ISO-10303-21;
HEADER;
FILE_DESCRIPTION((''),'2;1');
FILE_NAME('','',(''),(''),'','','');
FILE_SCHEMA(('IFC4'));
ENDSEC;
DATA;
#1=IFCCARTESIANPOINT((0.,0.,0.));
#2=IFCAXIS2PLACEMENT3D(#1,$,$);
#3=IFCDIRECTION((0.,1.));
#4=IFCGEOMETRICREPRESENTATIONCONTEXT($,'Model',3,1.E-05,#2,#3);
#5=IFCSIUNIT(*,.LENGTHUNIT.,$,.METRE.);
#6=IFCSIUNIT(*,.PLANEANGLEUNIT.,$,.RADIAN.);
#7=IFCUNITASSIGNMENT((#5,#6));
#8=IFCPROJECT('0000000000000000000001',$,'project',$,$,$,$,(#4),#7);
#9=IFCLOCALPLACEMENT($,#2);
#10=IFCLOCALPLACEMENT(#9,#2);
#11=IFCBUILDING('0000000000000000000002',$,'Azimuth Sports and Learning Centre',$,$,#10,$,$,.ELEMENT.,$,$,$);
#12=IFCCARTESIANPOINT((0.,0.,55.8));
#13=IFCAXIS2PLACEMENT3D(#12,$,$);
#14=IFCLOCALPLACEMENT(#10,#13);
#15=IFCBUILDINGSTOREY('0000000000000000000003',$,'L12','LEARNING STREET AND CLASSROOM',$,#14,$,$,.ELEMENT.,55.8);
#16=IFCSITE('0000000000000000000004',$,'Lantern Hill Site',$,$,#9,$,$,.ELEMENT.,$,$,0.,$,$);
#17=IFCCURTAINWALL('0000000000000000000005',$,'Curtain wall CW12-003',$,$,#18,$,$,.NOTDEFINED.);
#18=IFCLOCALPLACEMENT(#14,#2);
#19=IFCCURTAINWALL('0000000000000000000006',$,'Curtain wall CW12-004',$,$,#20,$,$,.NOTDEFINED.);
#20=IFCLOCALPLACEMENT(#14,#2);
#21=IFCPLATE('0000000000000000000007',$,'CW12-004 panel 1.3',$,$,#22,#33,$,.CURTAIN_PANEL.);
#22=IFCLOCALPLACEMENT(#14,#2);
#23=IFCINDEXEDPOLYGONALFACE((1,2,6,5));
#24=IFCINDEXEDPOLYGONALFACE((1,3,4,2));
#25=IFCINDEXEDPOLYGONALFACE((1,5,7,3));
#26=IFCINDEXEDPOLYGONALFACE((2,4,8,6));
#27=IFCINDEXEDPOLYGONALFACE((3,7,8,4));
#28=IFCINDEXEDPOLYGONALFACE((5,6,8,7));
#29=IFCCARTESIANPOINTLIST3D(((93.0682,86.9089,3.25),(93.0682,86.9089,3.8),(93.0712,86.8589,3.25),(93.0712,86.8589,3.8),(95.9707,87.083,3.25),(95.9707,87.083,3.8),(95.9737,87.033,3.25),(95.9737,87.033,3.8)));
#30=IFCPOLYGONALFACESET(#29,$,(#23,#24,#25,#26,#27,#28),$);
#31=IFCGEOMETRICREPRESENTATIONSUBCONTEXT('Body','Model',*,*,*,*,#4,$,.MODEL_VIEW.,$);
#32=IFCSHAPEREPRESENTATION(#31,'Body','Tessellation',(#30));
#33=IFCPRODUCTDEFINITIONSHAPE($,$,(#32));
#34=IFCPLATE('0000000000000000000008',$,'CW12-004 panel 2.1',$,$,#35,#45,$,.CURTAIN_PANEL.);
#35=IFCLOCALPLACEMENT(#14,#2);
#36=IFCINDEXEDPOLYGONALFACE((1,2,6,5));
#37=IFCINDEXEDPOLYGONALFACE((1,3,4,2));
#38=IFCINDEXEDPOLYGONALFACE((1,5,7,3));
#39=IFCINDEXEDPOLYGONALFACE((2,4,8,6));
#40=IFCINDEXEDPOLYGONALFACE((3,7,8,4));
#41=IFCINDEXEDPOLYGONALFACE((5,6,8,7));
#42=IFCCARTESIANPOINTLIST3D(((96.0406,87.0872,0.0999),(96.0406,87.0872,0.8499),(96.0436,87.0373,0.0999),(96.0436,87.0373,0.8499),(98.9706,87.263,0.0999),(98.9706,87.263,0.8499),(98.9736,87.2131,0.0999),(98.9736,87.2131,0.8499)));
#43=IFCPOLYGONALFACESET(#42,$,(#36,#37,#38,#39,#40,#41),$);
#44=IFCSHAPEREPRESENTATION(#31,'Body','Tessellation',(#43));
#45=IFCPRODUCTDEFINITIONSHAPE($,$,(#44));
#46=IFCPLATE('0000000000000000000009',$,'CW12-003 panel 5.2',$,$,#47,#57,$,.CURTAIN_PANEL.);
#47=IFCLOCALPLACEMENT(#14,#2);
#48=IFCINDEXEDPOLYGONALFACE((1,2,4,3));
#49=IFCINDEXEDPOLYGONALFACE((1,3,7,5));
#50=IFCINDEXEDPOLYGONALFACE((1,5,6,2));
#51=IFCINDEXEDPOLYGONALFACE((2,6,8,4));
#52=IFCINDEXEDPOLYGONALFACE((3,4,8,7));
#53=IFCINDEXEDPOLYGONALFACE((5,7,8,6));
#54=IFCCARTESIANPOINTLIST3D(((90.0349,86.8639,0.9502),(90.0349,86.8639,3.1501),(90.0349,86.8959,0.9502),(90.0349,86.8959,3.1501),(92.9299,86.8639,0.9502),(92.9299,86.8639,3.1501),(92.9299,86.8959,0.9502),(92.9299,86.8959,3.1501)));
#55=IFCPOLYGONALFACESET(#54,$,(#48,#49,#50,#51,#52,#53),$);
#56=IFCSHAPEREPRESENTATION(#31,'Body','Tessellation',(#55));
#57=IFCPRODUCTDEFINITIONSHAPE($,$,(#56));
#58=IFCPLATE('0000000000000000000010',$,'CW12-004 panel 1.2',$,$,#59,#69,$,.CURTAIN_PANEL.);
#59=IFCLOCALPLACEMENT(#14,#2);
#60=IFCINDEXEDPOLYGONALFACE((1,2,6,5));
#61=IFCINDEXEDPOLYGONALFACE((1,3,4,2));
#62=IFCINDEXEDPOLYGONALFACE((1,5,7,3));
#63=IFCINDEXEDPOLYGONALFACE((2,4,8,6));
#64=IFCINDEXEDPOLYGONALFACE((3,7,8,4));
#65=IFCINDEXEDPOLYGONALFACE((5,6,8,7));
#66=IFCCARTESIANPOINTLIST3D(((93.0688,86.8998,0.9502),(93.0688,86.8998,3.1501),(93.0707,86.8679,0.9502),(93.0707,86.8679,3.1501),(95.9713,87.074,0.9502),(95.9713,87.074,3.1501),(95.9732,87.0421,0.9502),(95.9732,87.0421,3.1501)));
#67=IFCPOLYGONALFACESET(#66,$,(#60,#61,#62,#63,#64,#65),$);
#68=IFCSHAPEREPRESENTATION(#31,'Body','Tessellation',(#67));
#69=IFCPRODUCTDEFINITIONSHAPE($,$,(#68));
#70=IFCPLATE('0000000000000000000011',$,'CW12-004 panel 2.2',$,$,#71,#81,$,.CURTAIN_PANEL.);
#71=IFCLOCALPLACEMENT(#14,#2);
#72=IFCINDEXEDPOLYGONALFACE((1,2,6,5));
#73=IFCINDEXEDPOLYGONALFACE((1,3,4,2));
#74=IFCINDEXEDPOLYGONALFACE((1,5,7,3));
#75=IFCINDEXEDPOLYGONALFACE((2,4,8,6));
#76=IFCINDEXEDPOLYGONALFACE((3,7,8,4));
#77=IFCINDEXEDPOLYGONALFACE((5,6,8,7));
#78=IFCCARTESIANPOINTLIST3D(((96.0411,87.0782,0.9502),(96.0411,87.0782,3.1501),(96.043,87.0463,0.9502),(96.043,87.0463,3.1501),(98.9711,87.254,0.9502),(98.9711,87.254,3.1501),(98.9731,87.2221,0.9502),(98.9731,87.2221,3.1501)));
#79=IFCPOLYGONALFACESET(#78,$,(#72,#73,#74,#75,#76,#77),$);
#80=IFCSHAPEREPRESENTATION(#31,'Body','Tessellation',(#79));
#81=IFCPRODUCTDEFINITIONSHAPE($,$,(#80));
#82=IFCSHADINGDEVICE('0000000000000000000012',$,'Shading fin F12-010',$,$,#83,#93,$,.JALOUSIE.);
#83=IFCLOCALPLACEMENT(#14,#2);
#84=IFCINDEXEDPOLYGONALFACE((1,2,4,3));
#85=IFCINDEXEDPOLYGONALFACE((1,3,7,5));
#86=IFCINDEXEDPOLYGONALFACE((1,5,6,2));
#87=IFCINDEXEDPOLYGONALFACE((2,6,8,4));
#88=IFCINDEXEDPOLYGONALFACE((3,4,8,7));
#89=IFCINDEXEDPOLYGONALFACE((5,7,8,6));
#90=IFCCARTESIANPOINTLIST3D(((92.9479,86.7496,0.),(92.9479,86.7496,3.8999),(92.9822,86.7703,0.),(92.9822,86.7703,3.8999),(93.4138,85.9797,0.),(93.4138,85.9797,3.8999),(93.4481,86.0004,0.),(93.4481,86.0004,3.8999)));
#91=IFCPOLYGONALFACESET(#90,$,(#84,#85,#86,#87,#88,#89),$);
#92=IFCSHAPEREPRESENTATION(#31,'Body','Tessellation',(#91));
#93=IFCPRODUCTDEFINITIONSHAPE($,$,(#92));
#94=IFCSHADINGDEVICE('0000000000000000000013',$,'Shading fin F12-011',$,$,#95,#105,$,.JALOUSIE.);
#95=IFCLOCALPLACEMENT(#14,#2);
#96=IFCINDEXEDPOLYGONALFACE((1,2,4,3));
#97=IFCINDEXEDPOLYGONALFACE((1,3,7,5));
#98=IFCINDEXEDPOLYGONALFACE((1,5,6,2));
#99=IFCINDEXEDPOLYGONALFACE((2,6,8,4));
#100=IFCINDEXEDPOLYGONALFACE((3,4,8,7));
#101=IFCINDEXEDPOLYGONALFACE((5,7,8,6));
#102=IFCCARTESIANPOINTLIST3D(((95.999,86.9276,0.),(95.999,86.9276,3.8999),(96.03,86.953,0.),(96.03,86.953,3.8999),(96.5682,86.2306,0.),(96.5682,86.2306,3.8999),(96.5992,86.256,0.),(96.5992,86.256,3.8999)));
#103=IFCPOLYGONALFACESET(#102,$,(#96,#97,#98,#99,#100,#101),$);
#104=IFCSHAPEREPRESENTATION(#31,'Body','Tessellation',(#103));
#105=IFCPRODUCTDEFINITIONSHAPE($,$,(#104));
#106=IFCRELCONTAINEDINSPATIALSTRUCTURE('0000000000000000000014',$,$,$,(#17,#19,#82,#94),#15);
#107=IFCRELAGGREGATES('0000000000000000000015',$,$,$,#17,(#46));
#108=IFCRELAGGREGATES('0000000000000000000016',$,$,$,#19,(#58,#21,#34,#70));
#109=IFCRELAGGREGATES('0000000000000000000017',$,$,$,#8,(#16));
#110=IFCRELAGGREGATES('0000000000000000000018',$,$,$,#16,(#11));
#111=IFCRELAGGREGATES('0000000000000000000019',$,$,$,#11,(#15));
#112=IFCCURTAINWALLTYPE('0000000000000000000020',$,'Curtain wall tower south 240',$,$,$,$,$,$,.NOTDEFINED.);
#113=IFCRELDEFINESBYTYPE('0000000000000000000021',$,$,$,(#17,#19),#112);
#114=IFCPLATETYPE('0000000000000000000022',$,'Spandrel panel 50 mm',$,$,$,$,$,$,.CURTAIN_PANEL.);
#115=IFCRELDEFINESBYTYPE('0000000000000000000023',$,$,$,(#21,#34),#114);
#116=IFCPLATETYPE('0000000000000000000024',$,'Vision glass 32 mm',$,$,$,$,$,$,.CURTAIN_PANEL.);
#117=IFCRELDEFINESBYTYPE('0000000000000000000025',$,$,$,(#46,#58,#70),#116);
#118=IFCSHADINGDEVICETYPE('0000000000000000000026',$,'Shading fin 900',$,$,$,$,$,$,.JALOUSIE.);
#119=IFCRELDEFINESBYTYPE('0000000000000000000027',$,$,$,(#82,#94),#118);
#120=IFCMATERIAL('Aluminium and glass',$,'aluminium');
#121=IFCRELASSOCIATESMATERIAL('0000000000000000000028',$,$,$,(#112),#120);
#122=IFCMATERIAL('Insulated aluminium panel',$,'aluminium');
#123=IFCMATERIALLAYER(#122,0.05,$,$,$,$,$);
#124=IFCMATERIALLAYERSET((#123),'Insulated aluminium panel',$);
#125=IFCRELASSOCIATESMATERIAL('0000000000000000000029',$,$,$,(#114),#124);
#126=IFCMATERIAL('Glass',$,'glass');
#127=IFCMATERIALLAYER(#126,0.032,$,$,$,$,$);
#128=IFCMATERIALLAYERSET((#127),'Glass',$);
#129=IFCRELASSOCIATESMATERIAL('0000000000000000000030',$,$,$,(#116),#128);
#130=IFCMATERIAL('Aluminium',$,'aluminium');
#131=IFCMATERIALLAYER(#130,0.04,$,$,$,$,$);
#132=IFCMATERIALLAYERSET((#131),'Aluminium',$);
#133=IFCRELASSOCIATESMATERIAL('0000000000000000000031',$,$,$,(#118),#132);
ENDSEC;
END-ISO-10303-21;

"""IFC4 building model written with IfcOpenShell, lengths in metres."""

from ifc_helpers import new_model, si_unit, direction, frame, origin, origin_2d, place, context, subcontext, project, spatial, rectangle, extrude, material, layer, layer_set, type_object, element, aggregate, save


model = new_model("IFC4")

# Units and contexts
model_context = context("Model", 3, precision=1e-05, world=origin(), true_north=direction((0.0, 1.0)))
body_context = subcontext(model_context, "Body", "Model", "MODEL_VIEW")
ifc_project = project(units=[si_unit("LENGTHUNIT", "METRE"), si_unit("PLANEANGLEUNIT", "RADIAN")], contexts=[model_context])

# Site, building, storey
site_placement = place(None, origin())
site = spatial("IfcSite", under=ifc_project, at=site_placement, Name="Lantern Hill Site", CompositionType="ELEMENT", RefElevation=0.0)
building_placement = place(site_placement, origin())
building = spatial("IfcBuilding", under=site, at=building_placement, Name="Azimuth Sports and Learning Centre", CompositionType="ELEMENT")
storey_placement = place(building_placement, frame((0.0, 0.0, 55.8)))
storey = spatial("IfcBuildingStorey", under=building, at=storey_placement, Name="L12", Description="LEARNING STREET AND CLASSROOM", CompositionType="ELEMENT", Elevation=55.8)

# Curtain wall
ifc_material_1 = material(Name="Aluminium and glass", Category="aluminium")
curtain_wall_type = type_object("IfcCurtainWallType", Name="Curtain wall tower south 240", PredefinedType="NOTDEFINED", material=ifc_material_1)
curtain_wall_1_placement = place(storey_placement, origin())
curtain_wall_1 = element("IfcCurtainWall", 1, at=curtain_wall_1_placement, inside=storey, type_object=curtain_wall_type, Name="Curtain wall CW12-003", PredefinedType="NOTDEFINED")

# Curtain wall
curtain_wall_2_placement = place(storey_placement, origin())
curtain_wall_2 = element("IfcCurtainWall", 2, at=curtain_wall_2_placement, inside=storey, type_object=curtain_wall_type, Name="Curtain wall CW12-004", PredefinedType="NOTDEFINED")

# Plates
ifc_material_2 = material(Name="Insulated aluminium panel", Category="aluminium")
ifc_layer_1 = layer(ifc_material_2, 0.05)
ifc_layer_set_1 = layer_set([ifc_layer_1], Name="Insulated aluminium panel")
plate_type_1 = type_object("IfcPlateType", Name="Spandrel panel 50 mm", PredefinedType="CURTAIN_PANEL", material=ifc_layer_set_1)
plate_1_placement = place(storey_placement, frame((94.521, 86.9709, 3.25), z_axis=(0.0, 0.0, 1.0), x_axis=(0.998205, 0.059892, 0.0)))
plate_1 = element("IfcPlate", 3, at=plate_1_placement, type_object=plate_type_1, Name="CW12-004 panel 1.3", PredefinedType="CURTAIN_PANEL", context=body_context, shape_type="SweptSolid", body=[
    extrude(rectangle(XDim=2.9077, YDim=0.05, at=origin_2d()), origin(), (0.0, 0.0, 1.0), 0.55),
])
plate_2_placement = place(storey_placement, frame((97.5071, 87.1501, 0.0999), z_axis=(0.0, 0.0, 1.0), x_axis=(0.998205, 0.059892, 0.0)))
plate_2 = element("IfcPlate", 4, at=plate_2_placement, type_object=plate_type_1, Name="CW12-004 panel 2.1", PredefinedType="CURTAIN_PANEL", context=body_context, shape_type="SweptSolid", body=[
    extrude(rectangle(XDim=2.9353, YDim=0.05, at=origin_2d()), origin(), (0.0, 0.0, 1.0), 0.75),
])
ifc_material_3 = material(Name="Glass", Category="glass")
ifc_layer_2 = layer(ifc_material_3, 0.032)
ifc_layer_set_2 = layer_set([ifc_layer_2], Name="Glass")
plate_type_2 = type_object("IfcPlateType", Name="Vision glass 32 mm", PredefinedType="CURTAIN_PANEL", material=ifc_layer_set_2)
plate_3_placement = place(storey_placement, frame((91.4824, 86.8799, 0.9502), z_axis=(0.0, 0.0, 1.0), x_axis=(1.0, 0.0, 0.0)))
plate_3 = element("IfcPlate", 5, at=plate_3_placement, type_object=plate_type_2, Name="CW12-003 panel 5.2", PredefinedType="CURTAIN_PANEL", context=body_context, shape_type="SweptSolid", body=[
    extrude(rectangle(XDim=2.895, YDim=0.032, at=origin_2d()), origin(), (0.0, 0.0, 1.0), 2.2),
])
aggregate(curtain_wall_1, [plate_3])
plate_4_placement = place(storey_placement, frame((94.521, 86.9709, 0.9502), z_axis=(0.0, 0.0, 1.0), x_axis=(0.998205, 0.059892, 0.0)))
plate_4 = element("IfcPlate", 6, at=plate_4_placement, type_object=plate_type_2, Name="CW12-004 panel 1.2", PredefinedType="CURTAIN_PANEL", context=body_context, shape_type="SweptSolid", body=[
    extrude(rectangle(XDim=2.9077, YDim=0.032, at=origin_2d()), origin(), (0.0, 0.0, 1.0), 2.2),
])
plate_5_placement = place(storey_placement, frame((97.5071, 87.1501, 0.9502), z_axis=(0.0, 0.0, 1.0), x_axis=(0.998205, 0.059892, 0.0)))
plate_5 = element("IfcPlate", 7, at=plate_5_placement, type_object=plate_type_2, Name="CW12-004 panel 2.2", PredefinedType="CURTAIN_PANEL", context=body_context, shape_type="SweptSolid", body=[
    extrude(rectangle(XDim=2.9353, YDim=0.032, at=origin_2d()), origin(), (0.0, 0.0, 1.0), 2.2),
])
aggregate(curtain_wall_2, [plate_4, plate_1, plate_2, plate_5])

# Shading devices
ifc_material_4 = material(Name="Aluminium", Category="aluminium")
ifc_layer_3 = layer(ifc_material_4, 0.04)
ifc_layer_set_3 = layer_set([ifc_layer_3], Name="Aluminium")
shading_device_type = type_object("IfcShadingDeviceType", Name="Shading fin 900", PredefinedType="JALOUSIE", material=ifc_layer_set_3)
for number, where, z_axis, x_axis, name in (
    (8, (93.198, 86.375, 0.0), (0.0, 0.0, 1.0), (0.517682, -0.855573, 0.0), "Shading fin F12-010"),
    (9, (96.2991, 86.5918, 0.0), (0.0, 0.0, 1.0), (0.632522, -0.774543, 0.0), "Shading fin F12-011"),
):
    element("IfcShadingDevice", number, at=place(storey_placement, frame(where, z_axis=z_axis, x_axis=x_axis)), inside=storey, type_object=shading_device_type, Name=name, PredefinedType="JALOUSIE", context=body_context, shape_type="SweptSolid", body=[
        extrude(rectangle(XDim=0.8999, YDim=0.04, at=origin_2d()), origin(), (0.0, 0.0, 1.0), 3.8999),
    ])

save(model, "model.ifc")
